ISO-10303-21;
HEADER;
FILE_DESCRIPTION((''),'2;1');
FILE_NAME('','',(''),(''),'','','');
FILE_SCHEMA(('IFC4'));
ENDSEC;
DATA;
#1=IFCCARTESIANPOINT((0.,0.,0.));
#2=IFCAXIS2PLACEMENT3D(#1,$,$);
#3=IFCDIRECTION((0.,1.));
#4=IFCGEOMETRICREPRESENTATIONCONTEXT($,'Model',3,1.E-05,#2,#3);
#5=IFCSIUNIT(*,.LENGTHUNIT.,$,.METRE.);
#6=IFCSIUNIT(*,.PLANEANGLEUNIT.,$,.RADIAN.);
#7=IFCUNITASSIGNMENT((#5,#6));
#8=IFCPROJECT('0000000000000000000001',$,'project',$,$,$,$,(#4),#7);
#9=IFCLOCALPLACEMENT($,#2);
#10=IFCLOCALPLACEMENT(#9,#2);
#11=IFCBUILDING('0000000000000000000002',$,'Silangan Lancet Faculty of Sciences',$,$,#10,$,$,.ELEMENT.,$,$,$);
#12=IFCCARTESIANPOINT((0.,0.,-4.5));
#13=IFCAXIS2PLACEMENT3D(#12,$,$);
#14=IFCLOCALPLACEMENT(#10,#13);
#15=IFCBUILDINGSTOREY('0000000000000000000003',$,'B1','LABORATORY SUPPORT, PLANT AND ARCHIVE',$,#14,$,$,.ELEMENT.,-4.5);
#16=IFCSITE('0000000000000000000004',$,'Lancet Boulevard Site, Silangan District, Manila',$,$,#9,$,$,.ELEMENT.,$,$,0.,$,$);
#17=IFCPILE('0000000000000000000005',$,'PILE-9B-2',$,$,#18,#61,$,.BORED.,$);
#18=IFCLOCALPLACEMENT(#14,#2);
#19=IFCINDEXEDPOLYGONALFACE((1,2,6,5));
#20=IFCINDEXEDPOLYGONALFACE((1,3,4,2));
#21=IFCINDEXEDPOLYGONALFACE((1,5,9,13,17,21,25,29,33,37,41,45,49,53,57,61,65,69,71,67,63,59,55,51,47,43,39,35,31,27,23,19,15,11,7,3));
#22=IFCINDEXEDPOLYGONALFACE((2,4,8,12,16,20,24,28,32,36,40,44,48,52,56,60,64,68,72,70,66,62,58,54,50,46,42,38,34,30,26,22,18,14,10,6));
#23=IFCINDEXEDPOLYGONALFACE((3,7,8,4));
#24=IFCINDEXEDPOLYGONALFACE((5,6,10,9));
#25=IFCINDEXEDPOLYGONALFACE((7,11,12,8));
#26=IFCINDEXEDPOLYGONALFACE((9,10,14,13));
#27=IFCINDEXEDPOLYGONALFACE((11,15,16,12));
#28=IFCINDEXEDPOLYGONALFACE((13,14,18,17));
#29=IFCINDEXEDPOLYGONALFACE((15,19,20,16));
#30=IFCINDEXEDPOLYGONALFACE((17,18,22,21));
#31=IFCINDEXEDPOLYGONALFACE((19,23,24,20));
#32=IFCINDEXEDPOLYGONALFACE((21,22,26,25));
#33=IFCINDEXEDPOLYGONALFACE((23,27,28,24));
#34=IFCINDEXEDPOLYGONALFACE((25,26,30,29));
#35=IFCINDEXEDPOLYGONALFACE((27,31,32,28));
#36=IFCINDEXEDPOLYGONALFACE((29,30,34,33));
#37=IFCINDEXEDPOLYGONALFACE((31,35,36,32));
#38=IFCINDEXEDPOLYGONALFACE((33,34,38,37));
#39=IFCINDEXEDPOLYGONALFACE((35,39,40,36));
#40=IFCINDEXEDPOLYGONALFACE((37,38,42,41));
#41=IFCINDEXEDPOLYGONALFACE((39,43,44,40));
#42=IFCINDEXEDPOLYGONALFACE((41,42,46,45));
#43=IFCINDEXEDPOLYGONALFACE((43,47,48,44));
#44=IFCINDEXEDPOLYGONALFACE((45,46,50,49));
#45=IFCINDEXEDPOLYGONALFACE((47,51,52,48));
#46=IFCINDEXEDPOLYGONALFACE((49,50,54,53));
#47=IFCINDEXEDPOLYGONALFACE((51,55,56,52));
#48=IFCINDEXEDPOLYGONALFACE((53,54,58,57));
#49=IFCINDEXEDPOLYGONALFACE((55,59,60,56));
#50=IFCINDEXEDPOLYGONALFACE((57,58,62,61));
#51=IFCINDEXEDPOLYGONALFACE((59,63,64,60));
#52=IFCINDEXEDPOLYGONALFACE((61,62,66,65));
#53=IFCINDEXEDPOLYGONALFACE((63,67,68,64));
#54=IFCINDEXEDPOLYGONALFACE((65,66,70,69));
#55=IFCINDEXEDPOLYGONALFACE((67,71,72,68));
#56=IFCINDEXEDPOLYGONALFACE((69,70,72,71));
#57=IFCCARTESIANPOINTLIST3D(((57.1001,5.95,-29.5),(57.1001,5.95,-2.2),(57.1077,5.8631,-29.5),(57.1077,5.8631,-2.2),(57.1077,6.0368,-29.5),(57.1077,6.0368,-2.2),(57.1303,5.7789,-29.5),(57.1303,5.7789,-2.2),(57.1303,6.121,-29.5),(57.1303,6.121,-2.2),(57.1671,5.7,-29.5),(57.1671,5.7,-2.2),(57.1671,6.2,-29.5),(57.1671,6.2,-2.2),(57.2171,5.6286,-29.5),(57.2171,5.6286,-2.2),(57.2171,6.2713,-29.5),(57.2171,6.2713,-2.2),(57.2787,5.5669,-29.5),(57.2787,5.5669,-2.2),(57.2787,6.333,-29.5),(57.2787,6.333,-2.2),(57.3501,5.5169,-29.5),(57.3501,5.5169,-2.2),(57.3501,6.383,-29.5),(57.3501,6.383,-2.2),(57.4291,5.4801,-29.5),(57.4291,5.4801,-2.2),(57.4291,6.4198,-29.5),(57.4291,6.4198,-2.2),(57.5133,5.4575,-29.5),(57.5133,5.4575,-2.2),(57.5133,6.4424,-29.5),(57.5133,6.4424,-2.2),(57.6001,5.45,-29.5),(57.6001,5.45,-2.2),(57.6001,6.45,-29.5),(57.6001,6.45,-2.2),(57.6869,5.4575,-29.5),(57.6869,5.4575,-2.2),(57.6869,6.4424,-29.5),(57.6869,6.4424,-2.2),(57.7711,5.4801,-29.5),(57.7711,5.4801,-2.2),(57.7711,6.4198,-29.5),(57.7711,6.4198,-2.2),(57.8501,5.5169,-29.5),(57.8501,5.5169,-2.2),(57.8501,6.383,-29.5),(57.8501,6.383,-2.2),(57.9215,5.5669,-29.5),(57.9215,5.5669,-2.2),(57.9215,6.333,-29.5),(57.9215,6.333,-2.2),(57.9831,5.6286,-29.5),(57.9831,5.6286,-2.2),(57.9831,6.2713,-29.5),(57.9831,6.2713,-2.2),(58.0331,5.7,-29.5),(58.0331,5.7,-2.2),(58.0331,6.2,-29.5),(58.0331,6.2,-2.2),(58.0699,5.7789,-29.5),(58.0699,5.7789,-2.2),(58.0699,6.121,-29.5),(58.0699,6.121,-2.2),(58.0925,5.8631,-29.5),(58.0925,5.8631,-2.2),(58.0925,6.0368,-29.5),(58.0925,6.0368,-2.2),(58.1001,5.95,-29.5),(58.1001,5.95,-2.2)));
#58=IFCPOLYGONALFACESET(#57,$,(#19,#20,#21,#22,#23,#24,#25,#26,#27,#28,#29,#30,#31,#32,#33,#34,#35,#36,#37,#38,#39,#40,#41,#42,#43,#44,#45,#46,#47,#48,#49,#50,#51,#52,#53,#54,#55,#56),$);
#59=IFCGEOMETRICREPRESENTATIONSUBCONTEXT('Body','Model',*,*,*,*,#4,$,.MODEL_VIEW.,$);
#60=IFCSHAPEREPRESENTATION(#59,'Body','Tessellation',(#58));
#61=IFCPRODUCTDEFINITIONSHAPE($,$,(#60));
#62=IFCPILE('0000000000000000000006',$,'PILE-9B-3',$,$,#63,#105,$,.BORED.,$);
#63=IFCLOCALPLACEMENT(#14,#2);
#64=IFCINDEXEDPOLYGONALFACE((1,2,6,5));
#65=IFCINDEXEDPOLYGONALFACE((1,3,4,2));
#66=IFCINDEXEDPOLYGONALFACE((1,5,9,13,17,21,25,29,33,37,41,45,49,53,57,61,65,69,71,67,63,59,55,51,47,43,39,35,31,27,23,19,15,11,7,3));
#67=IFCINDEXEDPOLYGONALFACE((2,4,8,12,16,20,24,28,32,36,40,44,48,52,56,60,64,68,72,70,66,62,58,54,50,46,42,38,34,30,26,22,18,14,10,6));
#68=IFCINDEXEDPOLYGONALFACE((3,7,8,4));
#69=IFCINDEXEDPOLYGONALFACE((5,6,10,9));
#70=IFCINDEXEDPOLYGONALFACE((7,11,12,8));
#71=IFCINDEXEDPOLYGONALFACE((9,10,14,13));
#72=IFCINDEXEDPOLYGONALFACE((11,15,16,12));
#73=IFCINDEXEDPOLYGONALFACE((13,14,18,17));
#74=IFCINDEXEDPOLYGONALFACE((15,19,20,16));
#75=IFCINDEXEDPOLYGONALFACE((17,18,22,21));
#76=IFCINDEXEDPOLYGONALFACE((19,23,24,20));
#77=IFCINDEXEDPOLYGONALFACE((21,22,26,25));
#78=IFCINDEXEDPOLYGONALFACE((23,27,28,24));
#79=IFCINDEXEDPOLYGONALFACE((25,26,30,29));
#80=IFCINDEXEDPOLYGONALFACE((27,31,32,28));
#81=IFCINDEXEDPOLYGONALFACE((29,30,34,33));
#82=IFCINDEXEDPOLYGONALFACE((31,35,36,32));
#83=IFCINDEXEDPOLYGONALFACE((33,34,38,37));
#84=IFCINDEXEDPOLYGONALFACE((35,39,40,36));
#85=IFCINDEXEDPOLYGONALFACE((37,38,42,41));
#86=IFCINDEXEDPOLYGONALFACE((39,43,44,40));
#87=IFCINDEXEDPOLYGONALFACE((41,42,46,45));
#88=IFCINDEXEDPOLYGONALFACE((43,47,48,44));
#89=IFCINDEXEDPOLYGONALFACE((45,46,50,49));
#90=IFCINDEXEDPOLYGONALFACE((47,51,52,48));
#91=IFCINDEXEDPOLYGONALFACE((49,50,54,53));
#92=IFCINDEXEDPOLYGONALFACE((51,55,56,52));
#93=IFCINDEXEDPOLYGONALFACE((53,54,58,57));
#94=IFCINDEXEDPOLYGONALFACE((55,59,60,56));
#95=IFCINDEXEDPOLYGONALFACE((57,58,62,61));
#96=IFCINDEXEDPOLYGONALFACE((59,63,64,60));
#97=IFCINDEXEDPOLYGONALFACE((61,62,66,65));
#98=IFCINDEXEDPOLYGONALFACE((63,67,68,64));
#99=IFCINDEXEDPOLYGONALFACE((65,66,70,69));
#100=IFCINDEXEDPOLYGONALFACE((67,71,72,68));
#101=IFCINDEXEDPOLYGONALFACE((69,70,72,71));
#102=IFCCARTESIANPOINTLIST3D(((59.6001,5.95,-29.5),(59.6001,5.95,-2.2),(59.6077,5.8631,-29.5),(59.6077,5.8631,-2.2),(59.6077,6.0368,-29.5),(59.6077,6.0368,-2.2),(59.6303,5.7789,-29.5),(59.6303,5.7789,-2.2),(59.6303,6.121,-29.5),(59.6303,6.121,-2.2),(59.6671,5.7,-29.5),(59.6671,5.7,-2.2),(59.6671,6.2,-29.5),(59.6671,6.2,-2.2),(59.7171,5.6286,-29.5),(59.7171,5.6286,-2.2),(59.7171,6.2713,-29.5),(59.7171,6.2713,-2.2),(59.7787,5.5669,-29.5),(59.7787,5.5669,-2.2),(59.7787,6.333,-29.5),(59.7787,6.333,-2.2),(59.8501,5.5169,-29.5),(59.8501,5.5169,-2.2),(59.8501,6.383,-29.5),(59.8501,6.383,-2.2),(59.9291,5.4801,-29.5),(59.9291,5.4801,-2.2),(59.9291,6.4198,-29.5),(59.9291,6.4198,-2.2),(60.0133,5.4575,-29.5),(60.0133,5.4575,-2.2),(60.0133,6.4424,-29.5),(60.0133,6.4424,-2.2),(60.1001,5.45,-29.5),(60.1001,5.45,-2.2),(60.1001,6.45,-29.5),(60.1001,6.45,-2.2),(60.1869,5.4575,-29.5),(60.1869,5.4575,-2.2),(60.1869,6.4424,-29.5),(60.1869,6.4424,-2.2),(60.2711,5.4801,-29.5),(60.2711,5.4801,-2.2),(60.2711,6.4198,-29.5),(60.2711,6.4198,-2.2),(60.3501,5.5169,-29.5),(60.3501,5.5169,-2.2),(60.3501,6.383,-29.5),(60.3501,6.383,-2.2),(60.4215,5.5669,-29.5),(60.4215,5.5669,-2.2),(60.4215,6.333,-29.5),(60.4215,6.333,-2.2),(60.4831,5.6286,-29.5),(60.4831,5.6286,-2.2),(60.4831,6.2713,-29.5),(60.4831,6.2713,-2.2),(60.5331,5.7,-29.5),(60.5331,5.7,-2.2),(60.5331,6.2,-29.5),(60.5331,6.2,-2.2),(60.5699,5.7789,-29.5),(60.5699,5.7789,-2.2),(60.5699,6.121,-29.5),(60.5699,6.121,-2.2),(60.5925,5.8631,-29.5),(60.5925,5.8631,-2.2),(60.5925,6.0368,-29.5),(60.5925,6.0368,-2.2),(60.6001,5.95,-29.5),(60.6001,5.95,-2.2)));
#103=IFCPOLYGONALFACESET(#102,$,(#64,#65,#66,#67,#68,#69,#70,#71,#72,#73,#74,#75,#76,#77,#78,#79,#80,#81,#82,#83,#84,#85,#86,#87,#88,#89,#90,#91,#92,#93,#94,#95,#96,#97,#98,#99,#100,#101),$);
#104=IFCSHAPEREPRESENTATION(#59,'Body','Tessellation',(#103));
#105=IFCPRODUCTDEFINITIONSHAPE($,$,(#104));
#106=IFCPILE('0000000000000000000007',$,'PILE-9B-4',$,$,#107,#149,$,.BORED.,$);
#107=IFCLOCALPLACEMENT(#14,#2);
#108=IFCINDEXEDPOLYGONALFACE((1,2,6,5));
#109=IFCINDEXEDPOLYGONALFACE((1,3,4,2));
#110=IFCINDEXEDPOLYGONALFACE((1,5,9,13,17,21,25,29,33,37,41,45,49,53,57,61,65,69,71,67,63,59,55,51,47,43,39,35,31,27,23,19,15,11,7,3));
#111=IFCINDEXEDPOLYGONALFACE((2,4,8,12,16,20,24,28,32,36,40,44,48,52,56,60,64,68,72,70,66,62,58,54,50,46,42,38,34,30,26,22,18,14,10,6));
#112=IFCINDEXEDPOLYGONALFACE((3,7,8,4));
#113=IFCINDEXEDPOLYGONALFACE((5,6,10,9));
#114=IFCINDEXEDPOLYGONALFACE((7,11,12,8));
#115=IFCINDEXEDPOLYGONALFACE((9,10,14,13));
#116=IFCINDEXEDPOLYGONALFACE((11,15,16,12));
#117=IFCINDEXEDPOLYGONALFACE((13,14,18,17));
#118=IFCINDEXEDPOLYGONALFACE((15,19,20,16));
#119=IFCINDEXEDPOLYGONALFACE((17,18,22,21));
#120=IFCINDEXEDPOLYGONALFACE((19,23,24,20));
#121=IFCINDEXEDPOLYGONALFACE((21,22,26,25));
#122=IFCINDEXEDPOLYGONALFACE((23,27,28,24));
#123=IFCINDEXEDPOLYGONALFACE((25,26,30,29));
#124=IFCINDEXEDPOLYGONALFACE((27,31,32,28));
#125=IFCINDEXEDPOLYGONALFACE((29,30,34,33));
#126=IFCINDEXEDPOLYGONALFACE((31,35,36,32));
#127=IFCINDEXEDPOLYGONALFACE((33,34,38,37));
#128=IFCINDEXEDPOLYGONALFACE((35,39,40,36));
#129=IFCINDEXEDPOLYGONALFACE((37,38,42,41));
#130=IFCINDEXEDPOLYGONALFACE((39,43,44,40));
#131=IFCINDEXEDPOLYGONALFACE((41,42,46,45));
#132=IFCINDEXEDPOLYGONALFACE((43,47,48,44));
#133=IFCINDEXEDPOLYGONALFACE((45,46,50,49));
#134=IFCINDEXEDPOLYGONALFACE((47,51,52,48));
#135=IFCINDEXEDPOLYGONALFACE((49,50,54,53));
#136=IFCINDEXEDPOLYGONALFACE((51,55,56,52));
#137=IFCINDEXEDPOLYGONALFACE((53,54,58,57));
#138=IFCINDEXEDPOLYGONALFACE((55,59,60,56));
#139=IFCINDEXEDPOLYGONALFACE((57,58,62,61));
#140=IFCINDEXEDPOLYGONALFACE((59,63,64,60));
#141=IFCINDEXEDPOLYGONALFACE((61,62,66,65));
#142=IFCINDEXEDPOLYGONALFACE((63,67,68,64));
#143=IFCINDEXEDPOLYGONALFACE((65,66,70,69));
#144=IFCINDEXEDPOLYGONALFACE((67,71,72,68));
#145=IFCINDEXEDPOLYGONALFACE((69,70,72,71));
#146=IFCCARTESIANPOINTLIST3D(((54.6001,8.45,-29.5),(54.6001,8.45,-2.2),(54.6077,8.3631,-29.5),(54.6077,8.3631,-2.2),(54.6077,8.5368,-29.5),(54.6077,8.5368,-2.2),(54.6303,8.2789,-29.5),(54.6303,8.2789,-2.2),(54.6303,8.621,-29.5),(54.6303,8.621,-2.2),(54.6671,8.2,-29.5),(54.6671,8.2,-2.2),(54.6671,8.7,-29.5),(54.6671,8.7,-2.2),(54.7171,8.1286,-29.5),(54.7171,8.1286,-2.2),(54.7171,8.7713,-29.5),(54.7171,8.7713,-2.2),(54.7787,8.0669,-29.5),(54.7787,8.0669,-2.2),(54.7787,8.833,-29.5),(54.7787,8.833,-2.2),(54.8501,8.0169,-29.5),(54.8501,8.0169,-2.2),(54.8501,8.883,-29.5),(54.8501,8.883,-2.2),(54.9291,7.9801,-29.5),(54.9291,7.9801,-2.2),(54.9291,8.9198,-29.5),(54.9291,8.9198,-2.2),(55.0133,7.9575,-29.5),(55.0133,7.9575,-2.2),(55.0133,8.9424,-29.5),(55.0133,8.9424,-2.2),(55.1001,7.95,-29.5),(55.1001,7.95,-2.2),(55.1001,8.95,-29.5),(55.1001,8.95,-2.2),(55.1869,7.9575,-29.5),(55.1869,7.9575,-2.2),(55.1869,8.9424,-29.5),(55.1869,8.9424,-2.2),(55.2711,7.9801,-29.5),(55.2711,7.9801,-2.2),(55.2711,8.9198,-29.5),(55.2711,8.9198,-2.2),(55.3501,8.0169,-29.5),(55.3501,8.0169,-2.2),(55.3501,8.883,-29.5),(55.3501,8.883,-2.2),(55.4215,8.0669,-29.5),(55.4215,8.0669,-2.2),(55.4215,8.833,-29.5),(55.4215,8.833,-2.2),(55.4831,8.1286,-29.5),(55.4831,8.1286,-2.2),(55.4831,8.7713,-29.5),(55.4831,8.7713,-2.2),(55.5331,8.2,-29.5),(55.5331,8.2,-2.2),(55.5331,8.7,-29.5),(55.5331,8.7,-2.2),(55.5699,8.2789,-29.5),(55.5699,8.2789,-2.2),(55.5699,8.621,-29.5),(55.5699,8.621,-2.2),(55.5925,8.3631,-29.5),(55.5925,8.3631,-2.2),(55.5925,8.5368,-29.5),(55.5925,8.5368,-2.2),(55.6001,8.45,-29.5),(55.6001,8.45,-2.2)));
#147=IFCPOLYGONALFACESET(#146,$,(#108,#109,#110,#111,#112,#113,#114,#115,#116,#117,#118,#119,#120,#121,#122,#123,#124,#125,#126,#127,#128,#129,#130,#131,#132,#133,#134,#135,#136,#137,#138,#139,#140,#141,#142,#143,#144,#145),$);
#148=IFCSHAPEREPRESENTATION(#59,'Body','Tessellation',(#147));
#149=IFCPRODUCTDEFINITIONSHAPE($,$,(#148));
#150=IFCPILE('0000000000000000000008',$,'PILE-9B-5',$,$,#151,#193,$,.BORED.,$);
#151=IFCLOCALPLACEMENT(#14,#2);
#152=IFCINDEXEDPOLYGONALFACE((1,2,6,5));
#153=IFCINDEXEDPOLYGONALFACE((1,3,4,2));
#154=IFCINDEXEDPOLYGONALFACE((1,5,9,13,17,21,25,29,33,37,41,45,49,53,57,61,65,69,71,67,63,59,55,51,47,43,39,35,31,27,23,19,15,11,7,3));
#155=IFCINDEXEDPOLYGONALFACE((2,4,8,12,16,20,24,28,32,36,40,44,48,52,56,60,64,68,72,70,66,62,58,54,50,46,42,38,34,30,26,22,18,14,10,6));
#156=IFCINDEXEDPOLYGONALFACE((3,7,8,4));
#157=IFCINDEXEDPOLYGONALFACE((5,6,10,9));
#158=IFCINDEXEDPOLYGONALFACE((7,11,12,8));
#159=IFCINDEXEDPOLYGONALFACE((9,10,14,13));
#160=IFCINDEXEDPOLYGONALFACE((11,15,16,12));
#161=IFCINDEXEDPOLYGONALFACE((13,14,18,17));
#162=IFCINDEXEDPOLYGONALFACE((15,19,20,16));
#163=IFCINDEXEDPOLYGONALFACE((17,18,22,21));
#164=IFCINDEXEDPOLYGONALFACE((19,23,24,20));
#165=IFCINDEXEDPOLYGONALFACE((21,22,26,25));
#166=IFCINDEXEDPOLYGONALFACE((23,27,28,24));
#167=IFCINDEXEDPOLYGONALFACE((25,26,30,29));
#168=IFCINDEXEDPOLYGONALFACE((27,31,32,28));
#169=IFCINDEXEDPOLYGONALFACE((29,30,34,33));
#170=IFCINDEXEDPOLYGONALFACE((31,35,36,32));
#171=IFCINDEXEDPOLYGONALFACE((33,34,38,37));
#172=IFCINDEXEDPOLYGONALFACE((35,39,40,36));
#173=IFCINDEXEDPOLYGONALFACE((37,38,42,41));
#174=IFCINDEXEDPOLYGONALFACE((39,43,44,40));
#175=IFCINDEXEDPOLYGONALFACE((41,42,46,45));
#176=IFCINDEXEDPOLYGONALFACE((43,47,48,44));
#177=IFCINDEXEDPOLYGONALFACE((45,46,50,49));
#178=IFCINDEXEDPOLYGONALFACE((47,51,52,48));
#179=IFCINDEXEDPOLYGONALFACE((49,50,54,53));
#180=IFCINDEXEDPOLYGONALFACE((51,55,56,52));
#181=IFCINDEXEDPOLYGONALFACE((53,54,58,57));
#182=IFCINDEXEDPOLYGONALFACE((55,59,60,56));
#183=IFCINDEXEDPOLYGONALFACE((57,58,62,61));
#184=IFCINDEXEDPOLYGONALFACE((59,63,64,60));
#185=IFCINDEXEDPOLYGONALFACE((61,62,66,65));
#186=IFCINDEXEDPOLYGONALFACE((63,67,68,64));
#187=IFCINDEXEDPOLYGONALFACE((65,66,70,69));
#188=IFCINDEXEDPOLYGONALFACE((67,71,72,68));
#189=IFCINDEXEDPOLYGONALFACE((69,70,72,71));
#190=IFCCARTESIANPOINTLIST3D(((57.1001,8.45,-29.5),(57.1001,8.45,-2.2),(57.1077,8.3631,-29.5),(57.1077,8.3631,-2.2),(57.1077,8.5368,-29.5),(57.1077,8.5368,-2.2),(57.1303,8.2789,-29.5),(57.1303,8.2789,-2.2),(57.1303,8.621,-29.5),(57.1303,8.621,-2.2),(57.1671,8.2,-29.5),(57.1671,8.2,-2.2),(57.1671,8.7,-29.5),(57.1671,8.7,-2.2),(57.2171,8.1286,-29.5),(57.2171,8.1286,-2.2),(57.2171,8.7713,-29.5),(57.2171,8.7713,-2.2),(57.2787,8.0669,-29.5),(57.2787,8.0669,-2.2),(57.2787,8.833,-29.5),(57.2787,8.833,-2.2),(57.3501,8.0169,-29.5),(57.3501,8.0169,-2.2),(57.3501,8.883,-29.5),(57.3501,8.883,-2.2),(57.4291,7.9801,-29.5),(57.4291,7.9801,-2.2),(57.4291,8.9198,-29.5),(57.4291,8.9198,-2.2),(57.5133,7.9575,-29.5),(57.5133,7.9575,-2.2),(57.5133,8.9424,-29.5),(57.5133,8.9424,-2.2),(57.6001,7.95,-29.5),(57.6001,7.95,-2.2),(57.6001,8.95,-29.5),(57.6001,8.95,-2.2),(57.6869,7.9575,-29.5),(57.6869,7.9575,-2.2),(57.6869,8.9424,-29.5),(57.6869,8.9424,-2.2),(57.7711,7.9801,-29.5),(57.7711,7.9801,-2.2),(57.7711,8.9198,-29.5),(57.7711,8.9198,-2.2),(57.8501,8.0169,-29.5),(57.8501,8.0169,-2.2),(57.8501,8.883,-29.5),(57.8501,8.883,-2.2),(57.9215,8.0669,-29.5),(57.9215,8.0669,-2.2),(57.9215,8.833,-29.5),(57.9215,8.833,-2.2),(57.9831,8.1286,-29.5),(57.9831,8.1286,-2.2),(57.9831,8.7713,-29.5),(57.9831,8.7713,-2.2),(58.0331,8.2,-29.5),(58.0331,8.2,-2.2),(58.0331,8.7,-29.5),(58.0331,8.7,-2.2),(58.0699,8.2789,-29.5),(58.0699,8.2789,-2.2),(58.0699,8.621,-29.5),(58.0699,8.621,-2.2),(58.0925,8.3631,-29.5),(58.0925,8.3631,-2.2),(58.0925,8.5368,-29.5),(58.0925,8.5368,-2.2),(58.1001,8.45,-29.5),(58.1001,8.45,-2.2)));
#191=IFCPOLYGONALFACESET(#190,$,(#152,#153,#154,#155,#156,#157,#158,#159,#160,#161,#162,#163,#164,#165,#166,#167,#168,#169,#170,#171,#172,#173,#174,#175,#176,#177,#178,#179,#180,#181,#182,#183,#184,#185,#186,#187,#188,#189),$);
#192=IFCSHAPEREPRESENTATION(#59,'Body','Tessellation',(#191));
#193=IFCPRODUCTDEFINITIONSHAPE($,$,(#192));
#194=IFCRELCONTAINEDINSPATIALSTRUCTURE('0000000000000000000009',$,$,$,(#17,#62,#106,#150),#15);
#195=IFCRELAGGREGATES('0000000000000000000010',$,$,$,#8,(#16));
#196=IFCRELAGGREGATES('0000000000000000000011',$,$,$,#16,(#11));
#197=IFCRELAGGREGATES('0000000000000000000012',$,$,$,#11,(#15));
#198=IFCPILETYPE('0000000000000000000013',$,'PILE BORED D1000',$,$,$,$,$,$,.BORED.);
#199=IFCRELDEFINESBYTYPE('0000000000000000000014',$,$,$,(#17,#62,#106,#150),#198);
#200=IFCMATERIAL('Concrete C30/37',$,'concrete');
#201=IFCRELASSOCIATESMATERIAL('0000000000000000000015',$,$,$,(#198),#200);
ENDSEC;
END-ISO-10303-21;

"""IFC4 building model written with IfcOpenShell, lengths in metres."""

from ifc_helpers import new_model, si_unit, direction, frame, origin, origin_2d, place, context, subcontext, project, spatial, circle, extrude, material, material_profile, profile_set, type_object, element, save


model = new_model("IFC4")

# Units and contexts
model_context = context("Model", 3, precision=1e-05, world=origin(), true_north=direction((0.0, 1.0)))
body_context = subcontext(model_context, "Body", "Model", "MODEL_VIEW")
ifc_project = project(units=[si_unit("LENGTHUNIT", "METRE"), si_unit("PLANEANGLEUNIT", "RADIAN")], contexts=[model_context])

# Site, building, storey
site_placement = place(None, origin())
site = spatial("IfcSite", under=ifc_project, at=site_placement, Name="Lancet Boulevard Site, Silangan District, Manila", CompositionType="ELEMENT", RefElevation=0.0)
building_placement = place(site_placement, origin())
building = spatial("IfcBuilding", under=site, at=building_placement, Name="Silangan Lancet Faculty of Sciences", CompositionType="ELEMENT")
storey_placement = place(building_placement, frame((0.0, 0.0, -4.5)))
storey = spatial("IfcBuildingStorey", under=building, at=storey_placement, Name="B1", Description="LABORATORY SUPPORT, PLANT AND ARCHIVE", CompositionType="ELEMENT", Elevation=-4.5)

# Piles
ifc_material_1 = material(Name="Concrete C30/37", Category="concrete")
ifc_material_profile_1 = material_profile(ifc_material_1, circle(Radius=0.5, at=origin_2d()), Name="BORED PILE D1000")
ifc_profile_set_1 = profile_set([ifc_material_profile_1], Name="Concrete C30/37")
pile_type = type_object("IfcPileType", Name="PILE BORED D1000", PredefinedType="BORED", material=ifc_profile_set_1)
for number, where, z_axis, x_axis, name in (
    (1, (57.6001, 5.95, -2.2), (0.0, 0.0, -1.0), (1.0, 0.0, 0.0), "PILE-9B-2"),
    (2, (60.1001, 5.95, -2.2), (0.0, 0.0, -1.0), (1.0, 0.0, 0.0), "PILE-9B-3"),
    (3, (55.1001, 8.45, -2.2), (0.0, 0.0, -1.0), (1.0, 0.0, 0.0), "PILE-9B-4"),
    (4, (57.6001, 8.45, -2.2), (0.0, 0.0, -1.0), (1.0, 0.0, 0.0), "PILE-9B-5"),
):
    element("IfcPile", number, at=place(storey_placement, frame(where, z_axis=z_axis, x_axis=x_axis)), inside=storey, type_object=pile_type, Name=name, PredefinedType="BORED", context=body_context, shape_type="SweptSolid", body=[
        extrude(circle(Radius=0.5, at=origin_2d()), origin(), (0.0, 0.0, 1.0), 27.3),
    ])

save(model, "model.ifc")
